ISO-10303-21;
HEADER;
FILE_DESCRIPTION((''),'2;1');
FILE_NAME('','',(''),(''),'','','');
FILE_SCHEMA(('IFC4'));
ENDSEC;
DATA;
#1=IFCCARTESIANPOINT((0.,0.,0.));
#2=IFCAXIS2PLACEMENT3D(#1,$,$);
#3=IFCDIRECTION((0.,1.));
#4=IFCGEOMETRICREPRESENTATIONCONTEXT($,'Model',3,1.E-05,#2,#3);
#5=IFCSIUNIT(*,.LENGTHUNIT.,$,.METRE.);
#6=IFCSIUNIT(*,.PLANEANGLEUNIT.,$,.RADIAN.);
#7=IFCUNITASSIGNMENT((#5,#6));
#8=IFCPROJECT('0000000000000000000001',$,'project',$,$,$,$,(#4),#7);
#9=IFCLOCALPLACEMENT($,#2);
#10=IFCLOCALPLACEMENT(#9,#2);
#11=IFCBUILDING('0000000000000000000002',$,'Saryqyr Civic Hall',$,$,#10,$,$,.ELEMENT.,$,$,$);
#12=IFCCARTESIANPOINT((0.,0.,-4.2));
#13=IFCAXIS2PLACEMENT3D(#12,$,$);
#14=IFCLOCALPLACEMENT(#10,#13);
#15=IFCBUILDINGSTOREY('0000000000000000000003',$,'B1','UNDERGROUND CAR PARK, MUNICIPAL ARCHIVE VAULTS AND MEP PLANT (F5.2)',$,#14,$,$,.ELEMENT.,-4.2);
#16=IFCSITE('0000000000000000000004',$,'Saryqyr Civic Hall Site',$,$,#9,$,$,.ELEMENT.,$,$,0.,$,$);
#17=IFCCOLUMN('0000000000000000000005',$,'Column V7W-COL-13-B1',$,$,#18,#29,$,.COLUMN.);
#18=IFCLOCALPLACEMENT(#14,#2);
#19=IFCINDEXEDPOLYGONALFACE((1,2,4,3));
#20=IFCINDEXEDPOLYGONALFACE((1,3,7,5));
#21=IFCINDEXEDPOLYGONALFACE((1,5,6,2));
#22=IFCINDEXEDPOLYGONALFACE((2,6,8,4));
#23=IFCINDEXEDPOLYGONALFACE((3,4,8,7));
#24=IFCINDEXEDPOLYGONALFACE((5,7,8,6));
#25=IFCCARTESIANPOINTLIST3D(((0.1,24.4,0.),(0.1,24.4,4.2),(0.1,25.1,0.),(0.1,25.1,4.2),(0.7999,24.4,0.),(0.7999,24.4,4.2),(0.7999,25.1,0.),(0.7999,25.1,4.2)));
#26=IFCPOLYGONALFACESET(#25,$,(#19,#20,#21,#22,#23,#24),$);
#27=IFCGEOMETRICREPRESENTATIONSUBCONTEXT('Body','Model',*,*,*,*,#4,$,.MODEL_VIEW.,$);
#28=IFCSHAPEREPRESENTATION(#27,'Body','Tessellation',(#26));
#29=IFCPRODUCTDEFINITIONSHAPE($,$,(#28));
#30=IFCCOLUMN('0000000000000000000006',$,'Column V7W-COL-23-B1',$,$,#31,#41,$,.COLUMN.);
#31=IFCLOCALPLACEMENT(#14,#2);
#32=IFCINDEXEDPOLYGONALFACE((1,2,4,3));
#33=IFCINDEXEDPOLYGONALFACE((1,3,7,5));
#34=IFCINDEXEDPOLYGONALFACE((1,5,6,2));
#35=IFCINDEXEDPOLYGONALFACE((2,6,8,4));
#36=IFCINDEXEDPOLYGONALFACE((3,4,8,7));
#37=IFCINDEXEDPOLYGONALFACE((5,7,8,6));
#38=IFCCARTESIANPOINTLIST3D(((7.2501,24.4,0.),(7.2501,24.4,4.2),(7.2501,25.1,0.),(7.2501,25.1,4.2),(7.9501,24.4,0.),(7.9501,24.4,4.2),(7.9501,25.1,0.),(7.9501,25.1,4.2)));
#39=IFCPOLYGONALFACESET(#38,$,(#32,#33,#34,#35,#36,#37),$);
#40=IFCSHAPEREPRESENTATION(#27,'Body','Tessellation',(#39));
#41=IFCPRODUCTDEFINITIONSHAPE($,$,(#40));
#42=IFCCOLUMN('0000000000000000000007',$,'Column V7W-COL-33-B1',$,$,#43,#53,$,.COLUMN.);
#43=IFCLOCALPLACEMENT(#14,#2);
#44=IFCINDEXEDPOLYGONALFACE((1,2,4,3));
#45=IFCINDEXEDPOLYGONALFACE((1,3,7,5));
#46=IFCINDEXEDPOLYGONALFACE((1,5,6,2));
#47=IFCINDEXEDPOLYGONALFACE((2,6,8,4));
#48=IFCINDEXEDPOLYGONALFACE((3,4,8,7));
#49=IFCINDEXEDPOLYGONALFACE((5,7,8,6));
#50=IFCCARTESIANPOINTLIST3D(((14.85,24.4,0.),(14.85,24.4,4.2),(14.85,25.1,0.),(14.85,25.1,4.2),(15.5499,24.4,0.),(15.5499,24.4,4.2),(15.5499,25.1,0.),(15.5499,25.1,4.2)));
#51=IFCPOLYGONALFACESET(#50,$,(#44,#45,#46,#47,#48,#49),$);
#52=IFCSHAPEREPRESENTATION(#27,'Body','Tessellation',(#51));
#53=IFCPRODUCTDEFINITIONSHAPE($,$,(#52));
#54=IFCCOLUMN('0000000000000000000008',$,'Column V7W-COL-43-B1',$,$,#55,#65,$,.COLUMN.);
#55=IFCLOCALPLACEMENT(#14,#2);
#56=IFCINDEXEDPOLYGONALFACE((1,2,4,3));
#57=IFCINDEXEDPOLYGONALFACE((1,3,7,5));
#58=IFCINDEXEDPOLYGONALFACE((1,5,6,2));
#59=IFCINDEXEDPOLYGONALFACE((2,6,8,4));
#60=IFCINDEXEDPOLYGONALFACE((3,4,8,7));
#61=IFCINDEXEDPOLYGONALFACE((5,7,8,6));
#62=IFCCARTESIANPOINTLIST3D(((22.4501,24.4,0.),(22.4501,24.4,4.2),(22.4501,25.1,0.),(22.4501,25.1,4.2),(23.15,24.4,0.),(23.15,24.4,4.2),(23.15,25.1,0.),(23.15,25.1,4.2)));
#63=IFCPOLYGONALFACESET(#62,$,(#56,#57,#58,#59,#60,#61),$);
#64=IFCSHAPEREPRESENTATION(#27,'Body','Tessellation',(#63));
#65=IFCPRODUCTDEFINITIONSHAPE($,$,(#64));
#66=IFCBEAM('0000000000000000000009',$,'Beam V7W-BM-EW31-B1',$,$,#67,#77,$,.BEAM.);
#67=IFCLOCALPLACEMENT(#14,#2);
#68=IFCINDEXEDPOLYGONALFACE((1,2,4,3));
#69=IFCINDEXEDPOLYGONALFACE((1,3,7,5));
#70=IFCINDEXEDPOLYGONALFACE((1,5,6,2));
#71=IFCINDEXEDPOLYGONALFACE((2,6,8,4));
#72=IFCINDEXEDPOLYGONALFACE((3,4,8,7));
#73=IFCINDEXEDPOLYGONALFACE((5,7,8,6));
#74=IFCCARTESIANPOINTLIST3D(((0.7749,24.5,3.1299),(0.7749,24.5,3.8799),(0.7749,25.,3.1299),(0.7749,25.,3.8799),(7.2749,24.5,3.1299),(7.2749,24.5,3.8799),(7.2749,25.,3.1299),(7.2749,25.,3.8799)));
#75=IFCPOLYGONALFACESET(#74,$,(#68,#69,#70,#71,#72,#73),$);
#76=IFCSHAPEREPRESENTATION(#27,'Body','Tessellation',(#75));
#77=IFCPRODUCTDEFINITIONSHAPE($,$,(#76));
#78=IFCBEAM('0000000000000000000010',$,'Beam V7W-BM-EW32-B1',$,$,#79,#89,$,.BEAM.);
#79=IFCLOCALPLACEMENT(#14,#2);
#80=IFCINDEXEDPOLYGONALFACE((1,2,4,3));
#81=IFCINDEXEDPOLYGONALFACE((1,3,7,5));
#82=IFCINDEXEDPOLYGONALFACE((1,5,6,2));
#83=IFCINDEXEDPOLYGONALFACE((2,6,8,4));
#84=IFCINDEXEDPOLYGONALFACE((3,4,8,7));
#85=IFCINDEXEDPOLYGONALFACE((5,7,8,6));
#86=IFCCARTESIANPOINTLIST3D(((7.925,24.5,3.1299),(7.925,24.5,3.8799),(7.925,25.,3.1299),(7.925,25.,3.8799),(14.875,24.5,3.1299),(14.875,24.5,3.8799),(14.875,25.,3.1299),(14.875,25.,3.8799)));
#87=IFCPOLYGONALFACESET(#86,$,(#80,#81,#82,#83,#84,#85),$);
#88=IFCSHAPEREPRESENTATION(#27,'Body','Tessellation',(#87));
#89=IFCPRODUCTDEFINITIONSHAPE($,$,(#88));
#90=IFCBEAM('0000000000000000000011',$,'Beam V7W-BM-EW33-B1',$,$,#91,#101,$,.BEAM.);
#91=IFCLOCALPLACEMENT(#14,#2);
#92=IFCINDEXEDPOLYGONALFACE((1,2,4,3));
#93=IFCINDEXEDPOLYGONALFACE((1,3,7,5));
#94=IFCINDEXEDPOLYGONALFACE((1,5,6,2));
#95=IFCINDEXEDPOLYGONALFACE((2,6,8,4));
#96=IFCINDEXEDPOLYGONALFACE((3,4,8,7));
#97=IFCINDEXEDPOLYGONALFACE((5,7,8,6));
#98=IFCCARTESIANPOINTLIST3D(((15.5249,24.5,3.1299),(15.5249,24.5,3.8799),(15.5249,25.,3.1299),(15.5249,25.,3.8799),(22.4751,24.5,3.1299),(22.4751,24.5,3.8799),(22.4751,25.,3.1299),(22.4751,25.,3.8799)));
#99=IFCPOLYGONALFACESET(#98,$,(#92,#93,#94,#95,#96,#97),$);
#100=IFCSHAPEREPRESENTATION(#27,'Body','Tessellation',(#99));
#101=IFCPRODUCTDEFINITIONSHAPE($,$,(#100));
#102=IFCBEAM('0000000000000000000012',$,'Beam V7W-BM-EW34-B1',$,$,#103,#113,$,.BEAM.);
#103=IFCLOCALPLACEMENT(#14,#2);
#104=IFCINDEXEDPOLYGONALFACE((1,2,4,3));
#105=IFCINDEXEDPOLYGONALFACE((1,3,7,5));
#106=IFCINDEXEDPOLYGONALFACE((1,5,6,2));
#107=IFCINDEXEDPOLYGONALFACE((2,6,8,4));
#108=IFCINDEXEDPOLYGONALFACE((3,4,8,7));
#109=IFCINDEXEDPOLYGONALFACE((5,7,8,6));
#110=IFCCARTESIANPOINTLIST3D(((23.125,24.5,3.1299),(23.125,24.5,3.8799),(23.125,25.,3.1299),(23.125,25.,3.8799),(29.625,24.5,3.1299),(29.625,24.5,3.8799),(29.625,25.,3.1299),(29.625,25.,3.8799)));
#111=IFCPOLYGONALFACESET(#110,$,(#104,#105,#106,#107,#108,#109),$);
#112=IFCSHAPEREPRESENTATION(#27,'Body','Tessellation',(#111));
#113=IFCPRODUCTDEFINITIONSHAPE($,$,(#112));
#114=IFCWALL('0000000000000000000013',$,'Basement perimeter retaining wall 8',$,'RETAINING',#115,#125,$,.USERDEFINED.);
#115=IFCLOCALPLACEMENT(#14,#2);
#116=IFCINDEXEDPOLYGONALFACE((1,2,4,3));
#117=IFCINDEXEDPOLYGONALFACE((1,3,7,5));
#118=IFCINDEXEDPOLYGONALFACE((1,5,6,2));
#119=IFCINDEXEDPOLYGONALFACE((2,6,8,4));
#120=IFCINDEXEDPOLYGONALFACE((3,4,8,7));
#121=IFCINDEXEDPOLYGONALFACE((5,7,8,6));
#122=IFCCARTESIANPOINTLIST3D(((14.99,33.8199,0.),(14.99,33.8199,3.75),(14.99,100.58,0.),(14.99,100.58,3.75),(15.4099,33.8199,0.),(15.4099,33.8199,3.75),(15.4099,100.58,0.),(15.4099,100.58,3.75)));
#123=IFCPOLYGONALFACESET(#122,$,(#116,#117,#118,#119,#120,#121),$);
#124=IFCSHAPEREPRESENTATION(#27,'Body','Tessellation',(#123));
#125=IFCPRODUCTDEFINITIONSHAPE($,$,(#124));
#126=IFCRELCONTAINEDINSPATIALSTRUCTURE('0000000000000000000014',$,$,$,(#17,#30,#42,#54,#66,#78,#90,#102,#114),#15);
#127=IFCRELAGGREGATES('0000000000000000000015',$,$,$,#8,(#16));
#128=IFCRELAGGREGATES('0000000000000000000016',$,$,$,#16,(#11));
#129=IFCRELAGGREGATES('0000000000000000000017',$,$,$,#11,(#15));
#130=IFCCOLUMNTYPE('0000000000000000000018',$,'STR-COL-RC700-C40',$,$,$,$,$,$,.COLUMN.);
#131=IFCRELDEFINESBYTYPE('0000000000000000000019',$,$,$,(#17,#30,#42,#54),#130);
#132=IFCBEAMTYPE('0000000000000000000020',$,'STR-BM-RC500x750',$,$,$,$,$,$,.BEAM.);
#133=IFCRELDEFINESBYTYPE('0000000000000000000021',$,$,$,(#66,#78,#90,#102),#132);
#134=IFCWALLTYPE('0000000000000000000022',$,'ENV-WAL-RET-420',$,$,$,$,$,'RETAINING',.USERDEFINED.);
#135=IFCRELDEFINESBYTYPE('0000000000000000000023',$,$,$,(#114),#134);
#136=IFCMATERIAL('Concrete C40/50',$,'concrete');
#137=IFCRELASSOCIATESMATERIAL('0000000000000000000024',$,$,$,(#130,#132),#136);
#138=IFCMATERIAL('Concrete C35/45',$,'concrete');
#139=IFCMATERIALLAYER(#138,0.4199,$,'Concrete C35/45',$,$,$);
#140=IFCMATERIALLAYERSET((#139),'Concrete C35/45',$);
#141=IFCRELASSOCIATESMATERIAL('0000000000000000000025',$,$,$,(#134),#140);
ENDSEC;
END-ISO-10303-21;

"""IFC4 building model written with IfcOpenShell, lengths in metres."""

from ifc_helpers import new_model, si_unit, direction, frame, frame_2d, origin, origin_2d, place, context, subcontext, project, spatial, rectangle, extrude, material, layer, layer_set, material_profile, profile_set, type_object, element, save


model = new_model("IFC4")

# Units and contexts
model_context = context("Model", 3, precision=1e-05, world=origin(), true_north=direction((0.0, 1.0)))
body_context = subcontext(model_context, "Body", "Model", "MODEL_VIEW")
ifc_project = project(units=[si_unit("LENGTHUNIT", "METRE"), si_unit("PLANEANGLEUNIT", "RADIAN")], contexts=[model_context])

# Site, building, storey
site_placement = place(None, origin())
site = spatial("IfcSite", under=ifc_project, at=site_placement, Name="Saryqyr Civic Hall Site", CompositionType="ELEMENT", RefElevation=0.0)
building_placement = place(site_placement, origin())
building = spatial("IfcBuilding", under=site, at=building_placement, Name="Saryqyr Civic Hall", CompositionType="ELEMENT")
storey_placement = place(building_placement, frame((0.0, 0.0, -4.2)))
storey = spatial("IfcBuildingStorey", under=building, at=storey_placement, Name="B1", Description="UNDERGROUND CAR PARK, MUNICIPAL ARCHIVE VAULTS AND MEP PLANT (F5.2)", CompositionType="ELEMENT", Elevation=-4.2)

# Shared definitions
ifc_material_1 = material(Name="Concrete C35/45", Category="concrete")

# Columns
ifc_material_2 = material(Name="Concrete C40/50", Category="concrete")
ifc_material_profile_1 = material_profile(ifc_material_2, rectangle(XDim=0.7, YDim=0.7, at=origin_2d()), Name="RC 700x700")
ifc_profile_set_1 = profile_set([ifc_material_profile_1], Name="Concrete C40/50")
column_type_1 = type_object("IfcColumnType", Name="STR-COL-RC700-C40", PredefinedType="COLUMN", material=ifc_profile_set_1)
for number, where, z_axis, x_axis, name in (
    (1, (0.45, 24.75, 0.0), (0.0, 0.0, 1.0), (1.0, 0.0, 0.0), "Column V7W-COL-13-B1"),
    (2, (7.6001, 24.75, 0.0), (0.0, 0.0, 1.0), (1.0, 0.0, 0.0), "Column V7W-COL-23-B1"),
    (3, (15.2, 24.75, 0.0), (0.0, 0.0, 1.0), (1.0, 0.0, 0.0), "Column V7W-COL-33-B1"),
    (4, (22.8, 24.75, 0.0), (0.0, 0.0, 1.0), (1.0, 0.0, 0.0), "Column V7W-COL-43-B1"),
):
    element("IfcColumn", number, at=place(storey_placement, frame(where, z_axis=z_axis, x_axis=x_axis)), inside=storey, type_object=column_type_1, Name=name, PredefinedType="COLUMN", context=body_context, shape_type="SweptSolid", body=[
        extrude(rectangle(XDim=0.7, YDim=0.7, at=origin_2d()), origin(), (0.0, 0.0, 1.0), 4.2),
    ])

# Beams
ifc_material_profile_2 = material_profile(ifc_material_2, rectangle(XDim=0.5, YDim=0.75, at=origin_2d()), Name="RC 500x750")
ifc_profile_set_2 = profile_set([ifc_material_profile_2], Name="Concrete C40/50")
beam_type = type_object("IfcBeamType", Name="STR-BM-RC500x750", PredefinedType="BEAM", material=ifc_profile_set_2)
beam_1_placement = place(storey_placement, frame((0.7749, 24.75, 3.5049), z_axis=(1.0, 0.0, 0.0), x_axis=(0.0, 1.0, 0.0)))
element("IfcBeam", 5, at=beam_1_placement, inside=storey, type_object=beam_type, Name="Beam V7W-BM-EW31-B1", PredefinedType="BEAM", context=body_context, shape_type="SweptSolid", body=[
    extrude(rectangle(XDim=0.5, YDim=0.75, at=origin_2d()), origin(), (0.0, 0.0, 1.0), 6.5),
])
beam_2_placement = place(storey_placement, frame((7.925, 24.75, 3.5049), z_axis=(1.0, 0.0, 0.0), x_axis=(0.0, 1.0, 0.0)))
element("IfcBeam", 6, at=beam_2_placement, inside=storey, type_object=beam_type, Name="Beam V7W-BM-EW32-B1", PredefinedType="BEAM", context=body_context, shape_type="SweptSolid", body=[
    extrude(rectangle(XDim=0.5, YDim=0.75, at=origin_2d()), origin(), (0.0, 0.0, 1.0), 6.95),
])
beam_3_placement = place(storey_placement, frame((15.5249, 24.75, 3.5049), z_axis=(1.0, 0.0, 0.0), x_axis=(0.0, 1.0, 0.0)))
element("IfcBeam", 7, at=beam_3_placement, inside=storey, type_object=beam_type, Name="Beam V7W-BM-EW33-B1", PredefinedType="BEAM", context=body_context, shape_type="SweptSolid", body=[
    extrude(rectangle(XDim=0.5, YDim=0.75, at=origin_2d()), origin(), (0.0, 0.0, 1.0), 6.9502),
])
beam_4_placement = place(storey_placement, frame((23.125, 24.75, 3.5049), z_axis=(1.0, 0.0, 0.0), x_axis=(0.0, 1.0, 0.0)))
element("IfcBeam", 8, at=beam_4_placement, inside=storey, type_object=beam_type, Name="Beam V7W-BM-EW34-B1", PredefinedType="BEAM", context=body_context, shape_type="SweptSolid", body=[
    extrude(rectangle(XDim=0.5, YDim=0.75, at=origin_2d()), origin(), (0.0, 0.0, 1.0), 6.5),
])

# Wall
ifc_layer = layer(ifc_material_1, 0.4199, Name="Concrete C35/45")
ifc_layer_set = layer_set([ifc_layer], Name="Concrete C35/45")
wall_type = type_object("IfcWallType", Name="ENV-WAL-RET-420", ElementType="RETAINING", PredefinedType="USERDEFINED", material=ifc_layer_set)
wall_placement = place(storey_placement, frame((15.2, 33.8201, 0.0), z_axis=(0.0, 0.0, 1.0), x_axis=(0.0, 1.0, 0.0)))
element("IfcWall", 9, at=wall_placement, inside=storey, type_object=wall_type, Name="Basement perimeter retaining wall 8", ObjectType="RETAINING", PredefinedType="USERDEFINED", context=body_context, shape_type="SweptSolid", body=[
    extrude(rectangle(XDim=66.76, YDim=0.4199, at=frame_2d((33.3799, 0.0))), origin(), (0.0, 0.0, 1.0), 3.75),
])

save(model, "model.ifc")
